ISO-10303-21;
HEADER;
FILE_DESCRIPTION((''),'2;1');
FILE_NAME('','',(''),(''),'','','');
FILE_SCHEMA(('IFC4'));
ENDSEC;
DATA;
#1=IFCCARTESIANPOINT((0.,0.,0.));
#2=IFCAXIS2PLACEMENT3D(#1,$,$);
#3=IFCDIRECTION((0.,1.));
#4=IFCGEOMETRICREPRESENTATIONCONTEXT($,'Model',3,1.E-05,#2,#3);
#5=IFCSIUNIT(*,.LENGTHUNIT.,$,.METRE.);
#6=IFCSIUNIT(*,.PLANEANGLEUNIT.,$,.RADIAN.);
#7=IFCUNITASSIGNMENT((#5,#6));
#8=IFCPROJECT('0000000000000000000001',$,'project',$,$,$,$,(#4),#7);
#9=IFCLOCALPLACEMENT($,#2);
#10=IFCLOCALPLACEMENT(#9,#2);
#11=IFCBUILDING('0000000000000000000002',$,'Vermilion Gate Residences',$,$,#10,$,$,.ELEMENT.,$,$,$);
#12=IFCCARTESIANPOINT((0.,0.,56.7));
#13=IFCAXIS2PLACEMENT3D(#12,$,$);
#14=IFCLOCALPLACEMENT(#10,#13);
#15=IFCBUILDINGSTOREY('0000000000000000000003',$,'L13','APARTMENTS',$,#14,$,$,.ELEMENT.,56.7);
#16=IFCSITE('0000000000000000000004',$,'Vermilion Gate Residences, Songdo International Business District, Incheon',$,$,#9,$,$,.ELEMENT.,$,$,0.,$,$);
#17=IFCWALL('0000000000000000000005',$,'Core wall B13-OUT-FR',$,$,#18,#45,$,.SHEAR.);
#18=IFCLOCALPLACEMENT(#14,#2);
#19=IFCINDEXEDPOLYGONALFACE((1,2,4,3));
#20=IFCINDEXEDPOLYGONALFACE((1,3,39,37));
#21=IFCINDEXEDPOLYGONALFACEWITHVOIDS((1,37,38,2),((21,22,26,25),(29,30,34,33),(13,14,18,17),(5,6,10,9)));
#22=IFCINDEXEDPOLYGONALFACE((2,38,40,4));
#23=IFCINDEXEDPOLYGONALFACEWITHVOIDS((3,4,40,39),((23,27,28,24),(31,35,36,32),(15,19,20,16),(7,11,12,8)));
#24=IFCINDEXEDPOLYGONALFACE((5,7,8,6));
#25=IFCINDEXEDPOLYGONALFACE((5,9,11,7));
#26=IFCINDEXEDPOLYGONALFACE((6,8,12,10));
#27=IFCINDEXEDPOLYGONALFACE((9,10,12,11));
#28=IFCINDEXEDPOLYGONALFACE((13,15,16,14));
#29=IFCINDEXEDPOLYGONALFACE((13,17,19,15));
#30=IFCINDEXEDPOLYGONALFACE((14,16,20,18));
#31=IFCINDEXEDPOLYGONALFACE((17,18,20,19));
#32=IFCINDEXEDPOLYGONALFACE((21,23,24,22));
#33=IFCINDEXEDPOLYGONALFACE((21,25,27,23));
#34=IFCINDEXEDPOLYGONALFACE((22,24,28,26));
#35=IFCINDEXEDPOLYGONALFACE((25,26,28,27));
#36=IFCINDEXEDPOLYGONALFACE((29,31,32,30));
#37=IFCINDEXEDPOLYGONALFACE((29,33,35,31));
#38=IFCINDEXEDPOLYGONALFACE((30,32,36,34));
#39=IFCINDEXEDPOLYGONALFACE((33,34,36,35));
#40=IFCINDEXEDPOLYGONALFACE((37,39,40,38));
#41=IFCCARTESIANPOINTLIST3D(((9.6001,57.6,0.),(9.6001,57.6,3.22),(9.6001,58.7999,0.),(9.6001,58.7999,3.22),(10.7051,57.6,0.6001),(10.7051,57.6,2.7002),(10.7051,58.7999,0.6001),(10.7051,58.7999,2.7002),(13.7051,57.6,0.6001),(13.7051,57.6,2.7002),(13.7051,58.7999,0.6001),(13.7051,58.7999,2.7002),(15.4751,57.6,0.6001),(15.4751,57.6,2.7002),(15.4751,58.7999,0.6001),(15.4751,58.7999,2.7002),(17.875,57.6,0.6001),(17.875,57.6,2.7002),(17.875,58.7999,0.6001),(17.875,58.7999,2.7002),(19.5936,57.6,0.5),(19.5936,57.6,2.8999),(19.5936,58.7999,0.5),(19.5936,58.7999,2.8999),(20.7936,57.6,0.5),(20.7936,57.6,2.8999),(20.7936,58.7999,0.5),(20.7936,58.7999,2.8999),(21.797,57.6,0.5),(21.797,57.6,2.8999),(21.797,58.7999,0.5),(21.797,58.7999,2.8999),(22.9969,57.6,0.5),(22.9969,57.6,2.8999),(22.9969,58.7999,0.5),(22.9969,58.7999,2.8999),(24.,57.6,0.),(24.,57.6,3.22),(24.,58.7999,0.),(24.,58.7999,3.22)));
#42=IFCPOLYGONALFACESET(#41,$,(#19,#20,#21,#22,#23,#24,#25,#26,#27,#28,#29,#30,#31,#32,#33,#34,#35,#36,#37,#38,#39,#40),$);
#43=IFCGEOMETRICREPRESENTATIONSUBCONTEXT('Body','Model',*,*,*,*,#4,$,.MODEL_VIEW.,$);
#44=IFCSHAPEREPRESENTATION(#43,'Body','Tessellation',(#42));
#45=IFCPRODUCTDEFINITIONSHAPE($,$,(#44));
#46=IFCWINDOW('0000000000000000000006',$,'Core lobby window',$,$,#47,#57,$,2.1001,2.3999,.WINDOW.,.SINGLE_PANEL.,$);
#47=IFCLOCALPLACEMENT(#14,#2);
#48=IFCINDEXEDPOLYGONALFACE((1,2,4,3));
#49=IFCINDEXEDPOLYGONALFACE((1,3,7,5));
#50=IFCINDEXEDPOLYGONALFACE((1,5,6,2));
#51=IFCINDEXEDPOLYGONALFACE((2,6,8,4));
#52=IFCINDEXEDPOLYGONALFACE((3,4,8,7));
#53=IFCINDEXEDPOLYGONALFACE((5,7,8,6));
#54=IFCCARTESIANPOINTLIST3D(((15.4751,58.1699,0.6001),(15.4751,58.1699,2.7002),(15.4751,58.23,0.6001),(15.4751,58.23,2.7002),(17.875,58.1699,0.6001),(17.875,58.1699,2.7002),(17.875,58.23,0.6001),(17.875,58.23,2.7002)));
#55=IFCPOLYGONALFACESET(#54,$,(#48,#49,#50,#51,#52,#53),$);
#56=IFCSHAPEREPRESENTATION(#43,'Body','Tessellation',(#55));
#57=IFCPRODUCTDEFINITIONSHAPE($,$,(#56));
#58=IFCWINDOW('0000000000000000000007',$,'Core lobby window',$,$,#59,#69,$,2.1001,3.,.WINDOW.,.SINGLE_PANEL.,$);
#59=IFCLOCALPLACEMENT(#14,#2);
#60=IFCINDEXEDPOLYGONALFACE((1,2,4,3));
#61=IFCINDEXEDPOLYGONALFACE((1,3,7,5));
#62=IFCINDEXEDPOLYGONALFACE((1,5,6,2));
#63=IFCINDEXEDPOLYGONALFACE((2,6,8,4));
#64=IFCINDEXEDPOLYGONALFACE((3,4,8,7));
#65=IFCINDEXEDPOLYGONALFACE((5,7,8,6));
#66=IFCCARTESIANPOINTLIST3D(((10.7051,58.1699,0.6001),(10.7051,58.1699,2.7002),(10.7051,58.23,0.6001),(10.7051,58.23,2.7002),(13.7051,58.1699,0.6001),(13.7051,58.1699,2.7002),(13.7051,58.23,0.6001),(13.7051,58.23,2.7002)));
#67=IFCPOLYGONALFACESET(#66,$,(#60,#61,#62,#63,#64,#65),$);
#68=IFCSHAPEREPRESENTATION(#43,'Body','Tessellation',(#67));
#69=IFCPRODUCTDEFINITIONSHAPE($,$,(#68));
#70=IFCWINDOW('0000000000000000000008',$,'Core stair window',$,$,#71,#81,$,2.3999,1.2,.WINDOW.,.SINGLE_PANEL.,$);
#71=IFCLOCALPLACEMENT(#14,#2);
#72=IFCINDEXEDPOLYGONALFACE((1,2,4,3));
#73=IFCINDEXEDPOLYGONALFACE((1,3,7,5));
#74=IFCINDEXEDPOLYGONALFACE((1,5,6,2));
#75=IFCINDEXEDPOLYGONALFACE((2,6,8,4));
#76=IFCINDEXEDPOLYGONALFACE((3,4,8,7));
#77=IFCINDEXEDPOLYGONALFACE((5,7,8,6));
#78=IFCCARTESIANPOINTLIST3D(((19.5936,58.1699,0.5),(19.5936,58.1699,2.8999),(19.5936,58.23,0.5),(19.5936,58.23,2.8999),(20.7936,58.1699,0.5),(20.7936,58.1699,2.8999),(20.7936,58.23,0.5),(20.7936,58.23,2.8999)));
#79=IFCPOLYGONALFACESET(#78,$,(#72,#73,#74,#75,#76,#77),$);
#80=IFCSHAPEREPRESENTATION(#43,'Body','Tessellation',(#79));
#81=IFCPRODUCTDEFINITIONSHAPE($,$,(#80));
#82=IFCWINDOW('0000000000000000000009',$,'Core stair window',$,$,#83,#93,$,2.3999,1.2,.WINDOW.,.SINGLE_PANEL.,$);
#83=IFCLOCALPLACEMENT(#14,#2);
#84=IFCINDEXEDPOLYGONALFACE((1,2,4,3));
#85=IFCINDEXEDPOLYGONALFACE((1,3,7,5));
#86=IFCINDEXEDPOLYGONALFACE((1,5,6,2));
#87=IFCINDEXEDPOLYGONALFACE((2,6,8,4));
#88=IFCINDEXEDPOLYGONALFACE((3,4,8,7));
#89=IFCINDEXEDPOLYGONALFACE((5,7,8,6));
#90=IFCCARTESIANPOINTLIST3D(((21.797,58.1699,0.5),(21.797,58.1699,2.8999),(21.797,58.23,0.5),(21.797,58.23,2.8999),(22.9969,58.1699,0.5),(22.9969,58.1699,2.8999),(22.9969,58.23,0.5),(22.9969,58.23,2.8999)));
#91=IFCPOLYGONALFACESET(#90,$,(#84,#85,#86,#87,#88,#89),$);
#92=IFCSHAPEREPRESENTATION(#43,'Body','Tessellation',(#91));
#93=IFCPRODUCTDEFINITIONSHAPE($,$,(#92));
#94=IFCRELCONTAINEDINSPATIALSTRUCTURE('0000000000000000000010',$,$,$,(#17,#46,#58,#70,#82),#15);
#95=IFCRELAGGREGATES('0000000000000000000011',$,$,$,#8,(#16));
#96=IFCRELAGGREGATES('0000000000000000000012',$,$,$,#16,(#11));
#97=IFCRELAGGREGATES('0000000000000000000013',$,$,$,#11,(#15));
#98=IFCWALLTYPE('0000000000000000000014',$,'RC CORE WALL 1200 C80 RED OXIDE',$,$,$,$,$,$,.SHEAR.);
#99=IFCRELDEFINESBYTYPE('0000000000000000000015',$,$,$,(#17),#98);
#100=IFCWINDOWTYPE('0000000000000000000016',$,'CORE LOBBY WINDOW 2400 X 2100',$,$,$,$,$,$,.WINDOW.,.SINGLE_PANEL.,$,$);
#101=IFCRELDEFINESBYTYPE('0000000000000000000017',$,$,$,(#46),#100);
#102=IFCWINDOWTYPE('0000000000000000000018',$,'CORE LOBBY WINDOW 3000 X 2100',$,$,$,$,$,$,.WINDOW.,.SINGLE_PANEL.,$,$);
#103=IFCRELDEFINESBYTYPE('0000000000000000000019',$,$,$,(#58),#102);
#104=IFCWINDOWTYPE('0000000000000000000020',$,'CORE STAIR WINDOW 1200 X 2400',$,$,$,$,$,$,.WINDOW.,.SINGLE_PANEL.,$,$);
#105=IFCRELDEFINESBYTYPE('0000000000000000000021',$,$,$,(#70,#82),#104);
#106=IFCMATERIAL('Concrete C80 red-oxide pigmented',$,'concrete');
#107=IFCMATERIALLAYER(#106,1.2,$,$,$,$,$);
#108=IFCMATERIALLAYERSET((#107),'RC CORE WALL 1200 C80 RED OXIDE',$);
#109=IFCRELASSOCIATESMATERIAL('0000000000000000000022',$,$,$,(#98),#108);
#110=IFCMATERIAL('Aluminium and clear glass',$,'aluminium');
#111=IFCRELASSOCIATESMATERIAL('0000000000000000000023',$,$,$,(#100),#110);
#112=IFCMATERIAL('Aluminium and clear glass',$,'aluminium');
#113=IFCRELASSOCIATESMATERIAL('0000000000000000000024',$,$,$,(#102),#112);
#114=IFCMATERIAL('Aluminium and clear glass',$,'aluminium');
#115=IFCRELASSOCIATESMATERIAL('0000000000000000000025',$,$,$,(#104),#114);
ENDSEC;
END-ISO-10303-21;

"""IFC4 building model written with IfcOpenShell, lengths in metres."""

from ifc_helpers import new_model, si_unit, direction, frame, frame_2d, origin, place, context, subcontext, project, spatial, rectangle, extrude, material, layer, layer_set, type_object, element, fill, save


model = new_model("IFC4")

# Units and contexts
model_context = context("Model", 3, precision=1e-05, world=origin(), true_north=direction((0.0, 1.0)))
body_context = subcontext(model_context, "Body", "Model", "MODEL_VIEW")
ifc_project = project(units=[si_unit("LENGTHUNIT", "METRE"), si_unit("PLANEANGLEUNIT", "RADIAN")], contexts=[model_context])

# Site, building, storey
site_placement = place(None, origin())
site = spatial("IfcSite", under=ifc_project, at=site_placement, Name="Vermilion Gate Residences, Songdo International Business District, Incheon", CompositionType="ELEMENT", RefElevation=0.0)
building_placement = place(site_placement, origin())
building = spatial("IfcBuilding", under=site, at=building_placement, Name="Vermilion Gate Residences", CompositionType="ELEMENT")
storey_placement = place(building_placement, frame((0.0, 0.0, 56.7)))
storey = spatial("IfcBuildingStorey", under=building, at=storey_placement, Name="L13", Description="APARTMENTS", CompositionType="ELEMENT", Elevation=56.7)

# Wall, openings, windows
ifc_material_1 = material(Name="Concrete C80 red-oxide pigmented", Category="concrete")
ifc_layer_1 = layer(ifc_material_1, 1.2)
ifc_layer_set_1 = layer_set([ifc_layer_1], Name="RC CORE WALL 1200 C80 RED OXIDE")
wall_type_1 = type_object("IfcWallType", Name="RC CORE WALL 1200 C80 RED OXIDE", PredefinedType="SHEAR", material=ifc_layer_set_1)
wall_1_placement = place(storey_placement, frame((9.6001, 58.2, 0.0), z_axis=(0.0, 0.0, 1.0), x_axis=(1.0, 0.0, 0.0)))
wall_1 = element("IfcWall", 1, at=wall_1_placement, inside=storey, type_object=wall_type_1, Name="Core wall B13-OUT-FR", PredefinedType="SHEAR", context=body_context, shape_type="SweptSolid", body=[
    extrude(rectangle(XDim=14.3999, YDim=1.2, at=frame_2d((7.2, 0.0))), origin(), (0.0, 0.0, 1.0), 3.22),
])
opening_1_placement = place(wall_1_placement, frame((1.105, 0.0, 0.6001)))
opening_1 = element("IfcOpeningElement", 2, at=opening_1_placement, cuts=wall_1, PredefinedType="OPENING", context=body_context, shape_type="SweptSolid", body=[
    extrude(rectangle(XDim=3.0, YDim=2.1001, at=frame_2d((1.5, 1.05))), frame((0.0, 0.6099, 0.0), z_axis=(0.0, -1.0, 0.0), x_axis=(1.0, 0.0, 0.0)), (0.0, 0.0, 1.0), 1.22),
])
opening_2_placement = place(wall_1_placement, frame((5.875, 0.0, 0.6001)))
opening_2 = element("IfcOpeningElement", 3, at=opening_2_placement, cuts=wall_1, PredefinedType="OPENING", context=body_context, shape_type="SweptSolid", body=[
    extrude(rectangle(XDim=2.3999, YDim=2.1001, at=frame_2d((1.2, 1.05))), frame((0.0, 0.6099, 0.0), z_axis=(0.0, -1.0, 0.0), x_axis=(1.0, 0.0, 0.0)), (0.0, 0.0, 1.0), 1.22),
])
opening_3_placement = place(wall_1_placement, frame((9.9934, 0.0, 0.5)))
opening_3 = element("IfcOpeningElement", 4, at=opening_3_placement, cuts=wall_1, PredefinedType="OPENING", context=body_context, shape_type="SweptSolid", body=[
    extrude(rectangle(XDim=1.2, YDim=2.3999, at=frame_2d((0.6001, 1.2))), frame((0.0, 0.6099, 0.0), z_axis=(0.0, -1.0, 0.0), x_axis=(1.0, 0.0, 0.0)), (0.0, 0.0, 1.0), 1.22),
])
opening_4_placement = place(wall_1_placement, frame((12.1968, 0.0, 0.5)))
opening_4 = element("IfcOpeningElement", 5, at=opening_4_placement, cuts=wall_1, PredefinedType="OPENING", context=body_context, shape_type="SweptSolid", body=[
    extrude(rectangle(XDim=1.2, YDim=2.3999, at=frame_2d((0.6001, 1.2))), frame((0.0, 0.6099, 0.0), z_axis=(0.0, -1.0, 0.0), x_axis=(1.0, 0.0, 0.0)), (0.0, 0.0, 1.0), 1.22),
])
ifc_material_2 = material(Name="Aluminium and clear glass", Category="aluminium")
window_type_1 = type_object("IfcWindowType", Name="CORE LOBBY WINDOW 2400 X 2100", PartitioningType="SINGLE_PANEL", PredefinedType="WINDOW", material=ifc_material_2)
window_1_placement = place(opening_2_placement, origin())
window_1 = element("IfcWindow", 6, at=window_1_placement, inside=storey, type_object=window_type_1, Name="Core lobby window", OverallHeight=2.1001, OverallWidth=2.3999, PartitioningType="SINGLE_PANEL", PredefinedType="WINDOW", context=body_context, shape_type="SweptSolid", body=[
    extrude(rectangle(XDim=2.3999, YDim=2.1001, at=frame_2d((1.2, 1.05))), frame((0.0, 0.03, 0.0), z_axis=(0.0, -1.0, 0.0), x_axis=(1.0, 0.0, 0.0)), (0.0, 0.0, 1.0), 0.0601),
])
fill(opening_2, window_1)
ifc_material_3 = material(Name="Aluminium and clear glass", Category="aluminium")
window_type_2 = type_object("IfcWindowType", Name="CORE LOBBY WINDOW 3000 X 2100", PartitioningType="SINGLE_PANEL", PredefinedType="WINDOW", material=ifc_material_3)
window_2_placement = place(opening_1_placement, origin())
window_2 = element("IfcWindow", 7, at=window_2_placement, inside=storey, type_object=window_type_2, Name="Core lobby window", OverallHeight=2.1001, OverallWidth=3.0, PartitioningType="SINGLE_PANEL", PredefinedType="WINDOW", context=body_context, shape_type="SweptSolid", body=[
    extrude(rectangle(XDim=3.0, YDim=2.1001, at=frame_2d((1.5, 1.05))), frame((0.0, 0.03, 0.0), z_axis=(0.0, -1.0, 0.0), x_axis=(1.0, 0.0, 0.0)), (0.0, 0.0, 1.0), 0.0601),
])
fill(opening_1, window_2)
ifc_material_4 = material(Name="Aluminium and clear glass", Category="aluminium")
window_type_3 = type_object("IfcWindowType", Name="CORE STAIR WINDOW 1200 X 2400", PartitioningType="SINGLE_PANEL", PredefinedType="WINDOW", material=ifc_material_4)
window_3_placement = place(opening_3_placement, origin())
window_3 = element("IfcWindow", 8, at=window_3_placement, inside=storey, type_object=window_type_3, Name="Core stair window", OverallHeight=2.3999, OverallWidth=1.2, PartitioningType="SINGLE_PANEL", PredefinedType="WINDOW", context=body_context, shape_type="SweptSolid", body=[
    extrude(rectangle(XDim=1.2, YDim=2.3999, at=frame_2d((0.6001, 1.2))), frame((0.0, 0.03, 0.0), z_axis=(0.0, -1.0, 0.0), x_axis=(1.0, 0.0, 0.0)), (0.0, 0.0, 1.0), 0.0601),
])
fill(opening_3, window_3)
window_4_placement = place(opening_4_placement, origin())
window_4 = element("IfcWindow", 9, at=window_4_placement, inside=storey, type_object=window_type_3, Name="Core stair window", OverallHeight=2.3999, OverallWidth=1.2, PartitioningType="SINGLE_PANEL", PredefinedType="WINDOW", context=body_context, shape_type="SweptSolid", body=[
    extrude(rectangle(XDim=1.2, YDim=2.3999, at=frame_2d((0.6001, 1.2))), frame((0.0, 0.03, 0.0), z_axis=(0.0, -1.0, 0.0), x_axis=(1.0, 0.0, 0.0)), (0.0, 0.0, 1.0), 0.0601),
])
fill(opening_4, window_4)

save(model, "model.ifc")
